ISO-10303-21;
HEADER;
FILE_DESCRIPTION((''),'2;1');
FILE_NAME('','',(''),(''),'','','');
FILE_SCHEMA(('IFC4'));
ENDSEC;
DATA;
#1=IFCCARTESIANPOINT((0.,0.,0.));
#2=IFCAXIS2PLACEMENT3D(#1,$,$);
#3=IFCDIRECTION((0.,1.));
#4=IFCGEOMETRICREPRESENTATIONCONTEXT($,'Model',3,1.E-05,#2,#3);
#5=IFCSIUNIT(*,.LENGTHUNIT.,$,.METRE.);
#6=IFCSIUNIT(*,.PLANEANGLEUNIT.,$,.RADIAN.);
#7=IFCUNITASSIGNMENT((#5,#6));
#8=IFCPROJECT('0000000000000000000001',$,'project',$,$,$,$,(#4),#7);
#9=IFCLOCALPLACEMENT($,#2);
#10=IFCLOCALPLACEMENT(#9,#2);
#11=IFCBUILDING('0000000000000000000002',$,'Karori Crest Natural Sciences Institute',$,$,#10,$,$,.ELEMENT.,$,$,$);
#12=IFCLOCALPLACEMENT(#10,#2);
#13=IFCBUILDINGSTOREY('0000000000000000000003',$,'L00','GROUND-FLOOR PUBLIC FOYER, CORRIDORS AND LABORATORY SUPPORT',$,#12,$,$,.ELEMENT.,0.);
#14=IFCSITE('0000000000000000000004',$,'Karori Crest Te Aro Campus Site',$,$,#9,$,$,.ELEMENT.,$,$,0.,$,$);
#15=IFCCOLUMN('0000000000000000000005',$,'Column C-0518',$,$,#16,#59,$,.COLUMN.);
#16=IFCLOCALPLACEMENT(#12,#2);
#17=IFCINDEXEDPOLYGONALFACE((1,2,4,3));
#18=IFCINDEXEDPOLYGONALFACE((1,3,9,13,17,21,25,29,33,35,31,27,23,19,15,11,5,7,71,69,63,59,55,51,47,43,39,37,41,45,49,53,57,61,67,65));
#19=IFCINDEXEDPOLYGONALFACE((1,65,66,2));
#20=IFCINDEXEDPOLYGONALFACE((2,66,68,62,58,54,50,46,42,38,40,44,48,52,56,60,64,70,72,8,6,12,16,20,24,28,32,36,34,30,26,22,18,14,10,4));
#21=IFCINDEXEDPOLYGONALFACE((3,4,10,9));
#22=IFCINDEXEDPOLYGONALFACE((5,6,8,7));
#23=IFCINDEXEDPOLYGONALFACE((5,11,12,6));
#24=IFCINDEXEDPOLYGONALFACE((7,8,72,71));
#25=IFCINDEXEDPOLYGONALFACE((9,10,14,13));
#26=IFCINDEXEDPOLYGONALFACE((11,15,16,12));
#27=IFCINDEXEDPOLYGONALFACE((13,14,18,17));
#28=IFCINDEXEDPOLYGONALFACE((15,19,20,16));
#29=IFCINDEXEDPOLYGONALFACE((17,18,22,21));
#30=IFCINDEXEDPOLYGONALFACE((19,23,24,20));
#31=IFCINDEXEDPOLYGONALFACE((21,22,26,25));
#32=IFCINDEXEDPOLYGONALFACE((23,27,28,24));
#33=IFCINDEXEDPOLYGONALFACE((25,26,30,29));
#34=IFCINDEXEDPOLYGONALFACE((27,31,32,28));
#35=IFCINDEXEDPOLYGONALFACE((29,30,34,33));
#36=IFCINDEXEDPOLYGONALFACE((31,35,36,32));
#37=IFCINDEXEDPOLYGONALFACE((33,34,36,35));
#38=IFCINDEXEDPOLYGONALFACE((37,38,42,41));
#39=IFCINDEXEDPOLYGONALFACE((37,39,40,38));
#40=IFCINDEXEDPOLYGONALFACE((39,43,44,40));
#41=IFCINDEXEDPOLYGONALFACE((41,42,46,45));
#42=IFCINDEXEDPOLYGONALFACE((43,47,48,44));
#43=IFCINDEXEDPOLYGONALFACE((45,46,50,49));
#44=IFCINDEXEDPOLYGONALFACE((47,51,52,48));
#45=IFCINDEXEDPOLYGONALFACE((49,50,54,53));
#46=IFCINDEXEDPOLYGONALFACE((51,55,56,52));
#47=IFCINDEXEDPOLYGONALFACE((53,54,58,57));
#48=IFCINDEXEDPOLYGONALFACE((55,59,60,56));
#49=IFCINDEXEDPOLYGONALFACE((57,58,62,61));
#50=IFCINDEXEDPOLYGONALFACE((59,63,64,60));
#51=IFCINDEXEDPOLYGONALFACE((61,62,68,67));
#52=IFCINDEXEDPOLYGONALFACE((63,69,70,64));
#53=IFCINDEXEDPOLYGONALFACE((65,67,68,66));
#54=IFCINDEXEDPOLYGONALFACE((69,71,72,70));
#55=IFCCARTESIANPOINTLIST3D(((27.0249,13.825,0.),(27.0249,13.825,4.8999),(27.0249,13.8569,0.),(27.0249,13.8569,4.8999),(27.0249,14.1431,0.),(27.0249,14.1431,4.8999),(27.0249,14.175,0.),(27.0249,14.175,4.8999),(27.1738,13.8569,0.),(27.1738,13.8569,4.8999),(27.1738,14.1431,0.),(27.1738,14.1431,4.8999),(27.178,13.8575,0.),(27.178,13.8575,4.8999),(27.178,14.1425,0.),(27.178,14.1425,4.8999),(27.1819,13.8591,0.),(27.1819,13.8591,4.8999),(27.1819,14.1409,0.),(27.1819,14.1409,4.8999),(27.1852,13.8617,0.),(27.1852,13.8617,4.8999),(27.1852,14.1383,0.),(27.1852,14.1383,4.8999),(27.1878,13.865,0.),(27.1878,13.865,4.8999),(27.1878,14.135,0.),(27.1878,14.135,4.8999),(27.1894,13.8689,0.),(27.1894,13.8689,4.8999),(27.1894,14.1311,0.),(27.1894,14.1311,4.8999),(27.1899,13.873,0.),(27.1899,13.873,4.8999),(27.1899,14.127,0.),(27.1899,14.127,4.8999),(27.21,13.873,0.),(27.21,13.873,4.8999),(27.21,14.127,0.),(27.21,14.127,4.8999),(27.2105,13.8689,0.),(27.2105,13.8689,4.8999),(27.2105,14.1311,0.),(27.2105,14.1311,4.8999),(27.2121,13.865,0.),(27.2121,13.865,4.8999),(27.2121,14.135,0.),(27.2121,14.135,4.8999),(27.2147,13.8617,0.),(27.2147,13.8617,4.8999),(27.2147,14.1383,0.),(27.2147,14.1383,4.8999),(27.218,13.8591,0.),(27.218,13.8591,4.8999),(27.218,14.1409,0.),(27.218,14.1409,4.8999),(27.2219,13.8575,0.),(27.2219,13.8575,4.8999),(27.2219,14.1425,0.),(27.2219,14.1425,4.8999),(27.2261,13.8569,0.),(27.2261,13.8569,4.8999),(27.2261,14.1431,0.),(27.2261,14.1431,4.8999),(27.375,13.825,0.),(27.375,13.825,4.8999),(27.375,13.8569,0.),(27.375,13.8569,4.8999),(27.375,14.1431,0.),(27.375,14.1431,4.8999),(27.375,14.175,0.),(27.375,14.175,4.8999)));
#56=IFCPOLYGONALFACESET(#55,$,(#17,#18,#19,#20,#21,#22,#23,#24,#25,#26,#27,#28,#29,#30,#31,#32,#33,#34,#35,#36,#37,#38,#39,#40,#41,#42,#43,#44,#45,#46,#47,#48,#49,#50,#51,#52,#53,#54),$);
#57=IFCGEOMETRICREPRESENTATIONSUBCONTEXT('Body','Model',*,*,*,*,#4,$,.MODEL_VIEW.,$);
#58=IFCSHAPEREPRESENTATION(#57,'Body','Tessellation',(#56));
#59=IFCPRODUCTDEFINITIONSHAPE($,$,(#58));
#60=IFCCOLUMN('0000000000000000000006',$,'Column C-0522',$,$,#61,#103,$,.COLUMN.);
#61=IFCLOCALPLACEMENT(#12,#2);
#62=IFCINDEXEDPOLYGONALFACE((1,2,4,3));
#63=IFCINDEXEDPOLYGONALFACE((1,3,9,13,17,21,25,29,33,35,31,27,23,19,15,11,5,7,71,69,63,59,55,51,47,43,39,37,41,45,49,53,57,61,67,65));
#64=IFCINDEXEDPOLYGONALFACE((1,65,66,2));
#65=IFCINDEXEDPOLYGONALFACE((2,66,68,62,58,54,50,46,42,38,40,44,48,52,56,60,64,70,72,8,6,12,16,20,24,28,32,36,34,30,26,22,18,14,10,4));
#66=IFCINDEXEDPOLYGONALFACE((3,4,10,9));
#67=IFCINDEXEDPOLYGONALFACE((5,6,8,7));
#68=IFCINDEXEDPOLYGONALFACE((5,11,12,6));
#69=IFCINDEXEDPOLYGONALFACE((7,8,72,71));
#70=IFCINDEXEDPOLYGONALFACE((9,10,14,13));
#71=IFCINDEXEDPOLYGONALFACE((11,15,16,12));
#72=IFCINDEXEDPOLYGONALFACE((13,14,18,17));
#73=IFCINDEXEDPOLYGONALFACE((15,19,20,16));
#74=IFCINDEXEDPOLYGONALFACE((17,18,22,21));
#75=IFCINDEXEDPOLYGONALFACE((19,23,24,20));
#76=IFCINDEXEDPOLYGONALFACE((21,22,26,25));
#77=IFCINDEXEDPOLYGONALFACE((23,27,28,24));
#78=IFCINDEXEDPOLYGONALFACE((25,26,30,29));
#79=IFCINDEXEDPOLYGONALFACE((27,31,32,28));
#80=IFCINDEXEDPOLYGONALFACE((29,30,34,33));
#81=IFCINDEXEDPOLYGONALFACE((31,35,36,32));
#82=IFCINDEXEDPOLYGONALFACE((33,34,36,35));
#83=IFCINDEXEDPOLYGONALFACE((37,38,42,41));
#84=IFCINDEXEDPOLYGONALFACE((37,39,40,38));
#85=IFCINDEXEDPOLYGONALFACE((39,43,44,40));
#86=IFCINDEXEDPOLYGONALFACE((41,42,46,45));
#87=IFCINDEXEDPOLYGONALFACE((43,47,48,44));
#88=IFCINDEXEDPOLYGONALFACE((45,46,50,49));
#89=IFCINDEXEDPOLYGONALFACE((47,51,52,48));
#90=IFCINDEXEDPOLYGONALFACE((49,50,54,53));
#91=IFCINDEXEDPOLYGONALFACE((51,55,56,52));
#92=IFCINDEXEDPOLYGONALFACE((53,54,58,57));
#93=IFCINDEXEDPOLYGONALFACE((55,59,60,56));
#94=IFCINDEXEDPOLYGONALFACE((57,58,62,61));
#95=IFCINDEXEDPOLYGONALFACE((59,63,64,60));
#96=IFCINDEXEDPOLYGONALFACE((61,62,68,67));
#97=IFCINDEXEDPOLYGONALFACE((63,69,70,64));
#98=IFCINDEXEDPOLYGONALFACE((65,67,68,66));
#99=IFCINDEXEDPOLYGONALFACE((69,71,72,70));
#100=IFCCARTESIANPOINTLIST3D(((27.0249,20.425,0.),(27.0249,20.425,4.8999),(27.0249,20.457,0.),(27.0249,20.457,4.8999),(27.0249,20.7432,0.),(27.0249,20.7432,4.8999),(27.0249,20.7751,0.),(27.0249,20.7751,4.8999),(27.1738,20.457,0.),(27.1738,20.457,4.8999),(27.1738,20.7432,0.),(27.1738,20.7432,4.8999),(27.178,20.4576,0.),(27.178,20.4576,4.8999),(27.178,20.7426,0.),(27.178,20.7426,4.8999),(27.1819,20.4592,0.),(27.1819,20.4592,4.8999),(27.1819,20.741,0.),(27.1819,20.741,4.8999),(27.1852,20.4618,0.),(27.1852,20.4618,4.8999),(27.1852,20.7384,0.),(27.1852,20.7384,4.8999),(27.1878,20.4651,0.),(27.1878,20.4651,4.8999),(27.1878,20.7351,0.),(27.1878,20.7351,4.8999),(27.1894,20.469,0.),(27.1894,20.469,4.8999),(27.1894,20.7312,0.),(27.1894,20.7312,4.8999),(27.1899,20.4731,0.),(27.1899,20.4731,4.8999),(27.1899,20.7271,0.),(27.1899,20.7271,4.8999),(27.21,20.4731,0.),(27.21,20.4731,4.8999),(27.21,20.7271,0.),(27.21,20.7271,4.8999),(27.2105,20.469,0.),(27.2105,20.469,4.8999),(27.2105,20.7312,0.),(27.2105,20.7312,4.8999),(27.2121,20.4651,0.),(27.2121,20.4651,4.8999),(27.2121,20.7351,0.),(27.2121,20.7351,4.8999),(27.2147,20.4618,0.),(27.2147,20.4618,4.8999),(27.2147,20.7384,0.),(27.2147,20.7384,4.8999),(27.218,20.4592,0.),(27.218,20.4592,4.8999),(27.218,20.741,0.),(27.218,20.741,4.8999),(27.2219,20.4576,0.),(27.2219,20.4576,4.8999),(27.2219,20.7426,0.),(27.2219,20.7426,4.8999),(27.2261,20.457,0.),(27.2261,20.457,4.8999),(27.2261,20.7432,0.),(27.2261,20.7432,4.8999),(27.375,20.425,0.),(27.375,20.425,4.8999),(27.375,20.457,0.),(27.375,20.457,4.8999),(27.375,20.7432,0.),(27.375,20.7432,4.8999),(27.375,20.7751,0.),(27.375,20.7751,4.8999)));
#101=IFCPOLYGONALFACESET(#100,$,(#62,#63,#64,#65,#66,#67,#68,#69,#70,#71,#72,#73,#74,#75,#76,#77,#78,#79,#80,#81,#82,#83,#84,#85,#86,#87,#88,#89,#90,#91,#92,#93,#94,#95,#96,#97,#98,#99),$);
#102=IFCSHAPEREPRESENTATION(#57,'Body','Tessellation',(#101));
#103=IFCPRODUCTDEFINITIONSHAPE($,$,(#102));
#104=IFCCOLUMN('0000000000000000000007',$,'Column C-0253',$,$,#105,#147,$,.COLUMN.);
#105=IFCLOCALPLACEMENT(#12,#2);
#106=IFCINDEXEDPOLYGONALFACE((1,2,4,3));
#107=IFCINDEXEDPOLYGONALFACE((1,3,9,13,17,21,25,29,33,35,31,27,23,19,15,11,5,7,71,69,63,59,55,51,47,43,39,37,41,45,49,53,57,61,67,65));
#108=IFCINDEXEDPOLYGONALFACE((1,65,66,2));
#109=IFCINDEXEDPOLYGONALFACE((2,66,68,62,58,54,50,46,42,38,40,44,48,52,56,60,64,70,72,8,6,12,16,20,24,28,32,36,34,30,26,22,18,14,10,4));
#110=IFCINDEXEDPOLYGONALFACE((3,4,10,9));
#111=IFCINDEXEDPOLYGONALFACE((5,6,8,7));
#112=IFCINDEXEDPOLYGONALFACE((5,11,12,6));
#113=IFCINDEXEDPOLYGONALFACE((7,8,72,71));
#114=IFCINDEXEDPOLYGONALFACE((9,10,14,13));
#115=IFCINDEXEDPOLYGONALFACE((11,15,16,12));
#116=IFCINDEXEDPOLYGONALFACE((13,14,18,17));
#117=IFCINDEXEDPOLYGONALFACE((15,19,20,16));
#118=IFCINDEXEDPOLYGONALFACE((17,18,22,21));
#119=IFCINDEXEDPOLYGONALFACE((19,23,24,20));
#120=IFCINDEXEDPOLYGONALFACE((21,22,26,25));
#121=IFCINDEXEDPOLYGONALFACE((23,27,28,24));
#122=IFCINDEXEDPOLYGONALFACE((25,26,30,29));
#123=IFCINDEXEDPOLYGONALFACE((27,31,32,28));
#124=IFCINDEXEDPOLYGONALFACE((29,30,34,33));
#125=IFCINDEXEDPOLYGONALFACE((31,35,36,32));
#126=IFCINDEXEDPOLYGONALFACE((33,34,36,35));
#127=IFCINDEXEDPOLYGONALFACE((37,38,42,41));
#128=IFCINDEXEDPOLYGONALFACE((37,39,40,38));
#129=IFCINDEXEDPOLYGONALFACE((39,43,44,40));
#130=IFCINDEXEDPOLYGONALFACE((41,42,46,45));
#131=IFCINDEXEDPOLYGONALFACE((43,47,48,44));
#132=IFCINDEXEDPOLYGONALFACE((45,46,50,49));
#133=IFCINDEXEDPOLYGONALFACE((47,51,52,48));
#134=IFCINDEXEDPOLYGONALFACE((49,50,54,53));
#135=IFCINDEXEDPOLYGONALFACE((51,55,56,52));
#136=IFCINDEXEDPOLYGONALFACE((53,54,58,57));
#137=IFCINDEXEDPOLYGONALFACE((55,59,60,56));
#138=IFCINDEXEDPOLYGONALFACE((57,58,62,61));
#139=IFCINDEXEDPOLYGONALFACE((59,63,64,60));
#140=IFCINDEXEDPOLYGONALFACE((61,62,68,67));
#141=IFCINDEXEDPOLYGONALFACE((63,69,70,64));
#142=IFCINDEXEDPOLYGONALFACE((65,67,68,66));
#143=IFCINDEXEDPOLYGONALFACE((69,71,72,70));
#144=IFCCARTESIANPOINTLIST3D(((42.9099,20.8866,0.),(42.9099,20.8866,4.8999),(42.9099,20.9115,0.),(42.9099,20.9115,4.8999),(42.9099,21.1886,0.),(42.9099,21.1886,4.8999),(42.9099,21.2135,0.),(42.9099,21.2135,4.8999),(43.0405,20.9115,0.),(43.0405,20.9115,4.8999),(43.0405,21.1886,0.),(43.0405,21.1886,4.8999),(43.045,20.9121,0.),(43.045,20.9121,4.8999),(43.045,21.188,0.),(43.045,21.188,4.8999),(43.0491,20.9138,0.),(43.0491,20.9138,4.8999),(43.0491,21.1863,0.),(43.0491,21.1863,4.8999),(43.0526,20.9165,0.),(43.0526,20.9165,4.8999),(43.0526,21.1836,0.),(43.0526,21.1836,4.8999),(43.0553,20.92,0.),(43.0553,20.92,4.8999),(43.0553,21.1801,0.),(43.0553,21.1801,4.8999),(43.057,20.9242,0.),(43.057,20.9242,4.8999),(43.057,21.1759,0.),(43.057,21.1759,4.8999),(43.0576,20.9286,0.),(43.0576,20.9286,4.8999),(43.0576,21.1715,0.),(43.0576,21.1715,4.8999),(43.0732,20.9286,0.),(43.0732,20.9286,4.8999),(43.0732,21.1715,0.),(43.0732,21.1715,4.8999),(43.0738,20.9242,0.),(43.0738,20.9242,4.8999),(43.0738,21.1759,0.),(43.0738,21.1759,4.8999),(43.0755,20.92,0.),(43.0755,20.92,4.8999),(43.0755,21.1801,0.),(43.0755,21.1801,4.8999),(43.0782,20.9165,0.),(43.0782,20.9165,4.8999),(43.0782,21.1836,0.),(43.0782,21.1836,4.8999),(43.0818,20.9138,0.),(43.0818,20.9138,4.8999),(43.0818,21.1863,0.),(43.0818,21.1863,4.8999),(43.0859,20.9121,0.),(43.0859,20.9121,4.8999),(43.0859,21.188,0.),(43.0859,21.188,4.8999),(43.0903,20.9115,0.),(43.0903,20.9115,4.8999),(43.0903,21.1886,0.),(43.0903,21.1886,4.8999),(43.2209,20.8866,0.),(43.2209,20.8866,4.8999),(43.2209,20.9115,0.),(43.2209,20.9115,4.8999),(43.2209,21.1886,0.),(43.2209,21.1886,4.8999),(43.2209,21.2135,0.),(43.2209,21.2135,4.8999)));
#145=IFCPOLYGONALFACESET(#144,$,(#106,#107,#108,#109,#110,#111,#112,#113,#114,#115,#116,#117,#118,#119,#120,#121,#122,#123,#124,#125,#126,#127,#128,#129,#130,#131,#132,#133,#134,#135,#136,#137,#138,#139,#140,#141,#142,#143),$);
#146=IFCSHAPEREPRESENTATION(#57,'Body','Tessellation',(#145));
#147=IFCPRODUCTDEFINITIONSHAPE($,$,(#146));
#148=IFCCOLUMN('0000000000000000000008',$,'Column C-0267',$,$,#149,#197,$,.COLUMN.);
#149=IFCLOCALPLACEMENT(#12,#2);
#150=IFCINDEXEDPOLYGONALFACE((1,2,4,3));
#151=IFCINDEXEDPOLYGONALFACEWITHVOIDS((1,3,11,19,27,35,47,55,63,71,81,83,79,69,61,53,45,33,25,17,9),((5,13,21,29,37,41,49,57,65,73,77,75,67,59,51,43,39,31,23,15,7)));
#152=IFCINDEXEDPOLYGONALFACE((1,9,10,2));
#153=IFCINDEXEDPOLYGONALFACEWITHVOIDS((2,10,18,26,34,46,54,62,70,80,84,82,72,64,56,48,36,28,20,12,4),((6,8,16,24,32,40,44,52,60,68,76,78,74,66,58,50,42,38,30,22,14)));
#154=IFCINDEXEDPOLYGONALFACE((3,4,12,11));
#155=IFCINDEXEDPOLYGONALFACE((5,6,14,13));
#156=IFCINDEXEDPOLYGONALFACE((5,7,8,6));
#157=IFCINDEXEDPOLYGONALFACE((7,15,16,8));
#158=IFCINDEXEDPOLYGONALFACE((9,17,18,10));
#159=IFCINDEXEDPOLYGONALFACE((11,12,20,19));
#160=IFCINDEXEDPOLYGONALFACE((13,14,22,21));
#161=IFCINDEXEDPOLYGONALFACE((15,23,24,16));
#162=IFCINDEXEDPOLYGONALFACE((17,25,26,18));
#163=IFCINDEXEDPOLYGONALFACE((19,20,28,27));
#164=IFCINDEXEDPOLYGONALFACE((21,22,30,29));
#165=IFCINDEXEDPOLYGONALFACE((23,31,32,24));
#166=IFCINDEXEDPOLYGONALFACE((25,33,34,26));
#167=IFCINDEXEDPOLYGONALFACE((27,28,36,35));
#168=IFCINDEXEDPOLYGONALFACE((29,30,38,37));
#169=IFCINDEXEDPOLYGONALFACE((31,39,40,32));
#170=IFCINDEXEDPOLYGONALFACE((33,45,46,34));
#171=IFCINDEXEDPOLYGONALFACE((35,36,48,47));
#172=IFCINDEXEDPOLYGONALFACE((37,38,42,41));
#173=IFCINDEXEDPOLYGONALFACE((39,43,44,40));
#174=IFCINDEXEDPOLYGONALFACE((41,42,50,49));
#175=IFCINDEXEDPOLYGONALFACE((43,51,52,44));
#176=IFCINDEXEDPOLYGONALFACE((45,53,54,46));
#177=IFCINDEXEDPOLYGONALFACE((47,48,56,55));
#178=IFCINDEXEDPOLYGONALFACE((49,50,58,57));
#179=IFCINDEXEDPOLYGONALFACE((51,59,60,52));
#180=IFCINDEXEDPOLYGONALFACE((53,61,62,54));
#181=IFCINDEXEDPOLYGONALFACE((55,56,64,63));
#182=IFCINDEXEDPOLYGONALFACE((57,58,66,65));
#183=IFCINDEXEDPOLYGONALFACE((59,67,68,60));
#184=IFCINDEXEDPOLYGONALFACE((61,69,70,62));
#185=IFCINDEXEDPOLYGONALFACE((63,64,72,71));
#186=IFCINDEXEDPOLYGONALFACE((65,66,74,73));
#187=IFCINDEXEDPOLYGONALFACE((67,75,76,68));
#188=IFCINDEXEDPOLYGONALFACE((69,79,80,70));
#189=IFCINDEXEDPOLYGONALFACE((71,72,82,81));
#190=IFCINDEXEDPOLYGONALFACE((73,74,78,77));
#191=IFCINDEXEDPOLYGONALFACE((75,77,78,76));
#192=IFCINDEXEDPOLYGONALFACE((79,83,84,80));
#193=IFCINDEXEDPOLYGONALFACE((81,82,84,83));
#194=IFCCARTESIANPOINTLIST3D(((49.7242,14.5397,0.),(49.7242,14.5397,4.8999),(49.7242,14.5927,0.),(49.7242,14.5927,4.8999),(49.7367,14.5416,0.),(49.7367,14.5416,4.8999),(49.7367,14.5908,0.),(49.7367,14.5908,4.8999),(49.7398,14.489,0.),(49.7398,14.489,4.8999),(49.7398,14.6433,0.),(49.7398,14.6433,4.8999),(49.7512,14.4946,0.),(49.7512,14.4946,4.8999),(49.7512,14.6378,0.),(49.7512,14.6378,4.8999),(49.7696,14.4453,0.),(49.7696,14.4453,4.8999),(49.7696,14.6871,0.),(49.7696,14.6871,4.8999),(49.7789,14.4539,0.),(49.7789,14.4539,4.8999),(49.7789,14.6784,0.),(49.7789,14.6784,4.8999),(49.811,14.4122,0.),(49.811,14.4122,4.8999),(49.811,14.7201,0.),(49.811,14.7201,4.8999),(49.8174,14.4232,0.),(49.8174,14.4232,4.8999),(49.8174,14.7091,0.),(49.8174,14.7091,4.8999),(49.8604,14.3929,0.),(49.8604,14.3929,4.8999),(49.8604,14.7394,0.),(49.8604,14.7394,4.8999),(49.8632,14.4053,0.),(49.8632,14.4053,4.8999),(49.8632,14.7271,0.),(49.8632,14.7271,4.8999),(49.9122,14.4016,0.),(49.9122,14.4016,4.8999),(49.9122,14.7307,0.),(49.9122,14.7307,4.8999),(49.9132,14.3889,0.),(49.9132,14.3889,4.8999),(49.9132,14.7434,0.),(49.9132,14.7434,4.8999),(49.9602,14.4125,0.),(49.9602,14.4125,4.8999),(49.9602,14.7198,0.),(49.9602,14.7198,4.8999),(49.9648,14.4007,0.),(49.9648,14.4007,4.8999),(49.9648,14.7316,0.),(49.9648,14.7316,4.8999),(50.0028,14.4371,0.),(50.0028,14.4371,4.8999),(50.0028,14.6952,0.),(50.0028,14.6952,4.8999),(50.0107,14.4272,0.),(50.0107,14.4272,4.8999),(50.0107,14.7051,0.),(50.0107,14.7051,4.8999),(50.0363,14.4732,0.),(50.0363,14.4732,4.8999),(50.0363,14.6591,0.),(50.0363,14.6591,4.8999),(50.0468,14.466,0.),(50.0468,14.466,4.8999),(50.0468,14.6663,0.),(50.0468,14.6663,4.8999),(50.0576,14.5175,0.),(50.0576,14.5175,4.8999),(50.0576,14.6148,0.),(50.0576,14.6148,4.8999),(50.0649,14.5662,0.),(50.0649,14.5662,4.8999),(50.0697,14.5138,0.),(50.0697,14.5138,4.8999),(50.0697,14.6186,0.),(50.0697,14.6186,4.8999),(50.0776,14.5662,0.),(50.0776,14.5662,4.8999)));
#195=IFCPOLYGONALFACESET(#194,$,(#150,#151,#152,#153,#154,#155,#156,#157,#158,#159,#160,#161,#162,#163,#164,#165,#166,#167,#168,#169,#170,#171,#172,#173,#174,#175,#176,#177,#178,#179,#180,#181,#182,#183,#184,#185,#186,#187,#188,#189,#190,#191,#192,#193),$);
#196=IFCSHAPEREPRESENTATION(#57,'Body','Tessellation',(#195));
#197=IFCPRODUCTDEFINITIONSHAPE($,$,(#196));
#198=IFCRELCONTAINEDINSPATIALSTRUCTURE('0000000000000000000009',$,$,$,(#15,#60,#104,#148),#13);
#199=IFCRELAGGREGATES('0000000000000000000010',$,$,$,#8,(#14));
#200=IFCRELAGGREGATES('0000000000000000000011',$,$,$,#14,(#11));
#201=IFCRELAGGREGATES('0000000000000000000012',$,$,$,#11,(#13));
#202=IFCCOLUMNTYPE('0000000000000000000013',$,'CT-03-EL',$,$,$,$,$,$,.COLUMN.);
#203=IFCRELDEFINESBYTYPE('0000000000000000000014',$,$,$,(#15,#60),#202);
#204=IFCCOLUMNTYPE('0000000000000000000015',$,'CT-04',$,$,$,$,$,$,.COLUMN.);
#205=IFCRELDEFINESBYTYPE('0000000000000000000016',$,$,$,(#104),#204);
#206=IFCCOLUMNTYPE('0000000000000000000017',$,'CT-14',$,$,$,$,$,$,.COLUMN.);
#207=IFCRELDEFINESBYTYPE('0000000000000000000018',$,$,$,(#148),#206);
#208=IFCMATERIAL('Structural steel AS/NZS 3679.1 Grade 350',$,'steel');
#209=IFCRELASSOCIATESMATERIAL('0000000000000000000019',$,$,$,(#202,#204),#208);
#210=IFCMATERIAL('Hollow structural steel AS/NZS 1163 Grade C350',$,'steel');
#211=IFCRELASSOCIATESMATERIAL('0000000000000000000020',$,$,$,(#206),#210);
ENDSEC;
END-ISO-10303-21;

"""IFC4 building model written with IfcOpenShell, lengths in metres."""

from ifc_helpers import new_model, si_unit, direction, frame, origin, origin_2d, place, context, subcontext, project, spatial, hollow_circle, i_section, extrude, material, material_profile, profile_set, type_object, element, save


model = new_model("IFC4")

# Units and contexts
model_context = context("Model", 3, precision=1e-05, world=origin(), true_north=direction((0.0, 1.0)))
body_context = subcontext(model_context, "Body", "Model", "MODEL_VIEW")
ifc_project = project(units=[si_unit("LENGTHUNIT", "METRE"), si_unit("PLANEANGLEUNIT", "RADIAN")], contexts=[model_context])

# Site, building, storey
site_placement = place(None, origin())
site = spatial("IfcSite", under=ifc_project, at=site_placement, Name="Karori Crest Te Aro Campus Site", CompositionType="ELEMENT", RefElevation=0.0)
building_placement = place(site_placement, origin())
building = spatial("IfcBuilding", under=site, at=building_placement, Name="Karori Crest Natural Sciences Institute", CompositionType="ELEMENT")
storey_placement = place(building_placement, origin())
storey = spatial("IfcBuildingStorey", under=building, at=storey_placement, Name="L00", Description="GROUND-FLOOR PUBLIC FOYER, CORRIDORS AND LABORATORY SUPPORT", CompositionType="ELEMENT", Elevation=0.0)

# Columns
ifc_material_1 = material(Name="Structural steel AS/NZS 3679.1 Grade 350", Category="steel")
ifc_material_profile_1 = material_profile(ifc_material_1, i_section(OverallWidth=0.3501, OverallDepth=0.3501, WebThickness=0.02, FlangeThickness=0.032, FilletRadius=0.0161, at=origin_2d()), Name="350WC280")
ifc_profile_set_1 = profile_set([ifc_material_profile_1], Name="Structural steel AS/NZS 3679.1 Grade 350")
column_type_1 = type_object("IfcColumnType", Name="CT-03-EL", PredefinedType="COLUMN", material=ifc_profile_set_1)
for number, where, z_axis, x_axis, name in (
    (1, (27.2, 14.0, 0.0), (0.0, 0.0, 1.0), (1.0, 0.0, 0.0), "Column C-0518"),
    (2, (27.2, 20.6001, 0.0), (0.0, 0.0, 1.0), (1.0, 0.0, 0.0), "Column C-0522"),
):
    element("IfcColumn", number, at=place(storey_placement, frame(where, z_axis=z_axis, x_axis=x_axis)), inside=storey, type_object=column_type_1, Name=name, PredefinedType="COLUMN", context=body_context, shape_type="SweptSolid", body=[
        extrude(i_section(OverallWidth=0.3501, OverallDepth=0.3501, WebThickness=0.02, FlangeThickness=0.032, FilletRadius=0.0161, at=origin_2d()), origin(), (0.0, 0.0, 1.0), 4.8999),
    ])
ifc_material_profile_2 = material_profile(ifc_material_1, i_section(OverallWidth=0.311, OverallDepth=0.3269, WebThickness=0.0156, FlangeThickness=0.0249, FilletRadius=0.0171, at=origin_2d()), Name="310UC158")
ifc_profile_set_2 = profile_set([ifc_material_profile_2], Name="Structural steel AS/NZS 3679.1 Grade 350")
column_type_2 = type_object("IfcColumnType", Name="CT-04", PredefinedType="COLUMN", material=ifc_profile_set_2)
column_1_placement = place(storey_placement, frame((43.0654, 21.05, 0.0), z_axis=(0.0, 0.0, 1.0), x_axis=(1.0, 0.0, 0.0)))
element("IfcColumn", 3, at=column_1_placement, inside=storey, type_object=column_type_2, Name="Column C-0253", PredefinedType="COLUMN", context=body_context, shape_type="SweptSolid", body=[
    extrude(i_section(OverallWidth=0.311, OverallDepth=0.3269, WebThickness=0.0156, FlangeThickness=0.0249, FilletRadius=0.0171, at=origin_2d()), origin(), (0.0, 0.0, 1.0), 4.8999),
])
ifc_material_2 = material(Name="Hollow structural steel AS/NZS 1163 Grade C350", Category="steel")
ifc_material_profile_3 = material_profile(ifc_material_2, hollow_circle(Radius=0.1777, WallThickness=0.0127, at=origin_2d()), Name="CHS355.6x12.7")
ifc_profile_set_3 = profile_set([ifc_material_profile_3], Name="Hollow structural steel AS/NZS 1163 Grade C350")
column_type_3 = type_object("IfcColumnType", Name="CT-14", PredefinedType="COLUMN", material=ifc_profile_set_3)
column_2_placement = place(storey_placement, frame((49.8999, 14.5662, 0.0), z_axis=(0.0, 0.0, 1.0), x_axis=(1.0, 0.0, 0.0)))
element("IfcColumn", 4, at=column_2_placement, inside=storey, type_object=column_type_3, Name="Column C-0267", PredefinedType="COLUMN", context=body_context, shape_type="SweptSolid", body=[
    extrude(hollow_circle(Radius=0.1777, WallThickness=0.0127, at=origin_2d()), origin(), (0.0, 0.0, 1.0), 4.8999),
])

save(model, "model.ifc")
